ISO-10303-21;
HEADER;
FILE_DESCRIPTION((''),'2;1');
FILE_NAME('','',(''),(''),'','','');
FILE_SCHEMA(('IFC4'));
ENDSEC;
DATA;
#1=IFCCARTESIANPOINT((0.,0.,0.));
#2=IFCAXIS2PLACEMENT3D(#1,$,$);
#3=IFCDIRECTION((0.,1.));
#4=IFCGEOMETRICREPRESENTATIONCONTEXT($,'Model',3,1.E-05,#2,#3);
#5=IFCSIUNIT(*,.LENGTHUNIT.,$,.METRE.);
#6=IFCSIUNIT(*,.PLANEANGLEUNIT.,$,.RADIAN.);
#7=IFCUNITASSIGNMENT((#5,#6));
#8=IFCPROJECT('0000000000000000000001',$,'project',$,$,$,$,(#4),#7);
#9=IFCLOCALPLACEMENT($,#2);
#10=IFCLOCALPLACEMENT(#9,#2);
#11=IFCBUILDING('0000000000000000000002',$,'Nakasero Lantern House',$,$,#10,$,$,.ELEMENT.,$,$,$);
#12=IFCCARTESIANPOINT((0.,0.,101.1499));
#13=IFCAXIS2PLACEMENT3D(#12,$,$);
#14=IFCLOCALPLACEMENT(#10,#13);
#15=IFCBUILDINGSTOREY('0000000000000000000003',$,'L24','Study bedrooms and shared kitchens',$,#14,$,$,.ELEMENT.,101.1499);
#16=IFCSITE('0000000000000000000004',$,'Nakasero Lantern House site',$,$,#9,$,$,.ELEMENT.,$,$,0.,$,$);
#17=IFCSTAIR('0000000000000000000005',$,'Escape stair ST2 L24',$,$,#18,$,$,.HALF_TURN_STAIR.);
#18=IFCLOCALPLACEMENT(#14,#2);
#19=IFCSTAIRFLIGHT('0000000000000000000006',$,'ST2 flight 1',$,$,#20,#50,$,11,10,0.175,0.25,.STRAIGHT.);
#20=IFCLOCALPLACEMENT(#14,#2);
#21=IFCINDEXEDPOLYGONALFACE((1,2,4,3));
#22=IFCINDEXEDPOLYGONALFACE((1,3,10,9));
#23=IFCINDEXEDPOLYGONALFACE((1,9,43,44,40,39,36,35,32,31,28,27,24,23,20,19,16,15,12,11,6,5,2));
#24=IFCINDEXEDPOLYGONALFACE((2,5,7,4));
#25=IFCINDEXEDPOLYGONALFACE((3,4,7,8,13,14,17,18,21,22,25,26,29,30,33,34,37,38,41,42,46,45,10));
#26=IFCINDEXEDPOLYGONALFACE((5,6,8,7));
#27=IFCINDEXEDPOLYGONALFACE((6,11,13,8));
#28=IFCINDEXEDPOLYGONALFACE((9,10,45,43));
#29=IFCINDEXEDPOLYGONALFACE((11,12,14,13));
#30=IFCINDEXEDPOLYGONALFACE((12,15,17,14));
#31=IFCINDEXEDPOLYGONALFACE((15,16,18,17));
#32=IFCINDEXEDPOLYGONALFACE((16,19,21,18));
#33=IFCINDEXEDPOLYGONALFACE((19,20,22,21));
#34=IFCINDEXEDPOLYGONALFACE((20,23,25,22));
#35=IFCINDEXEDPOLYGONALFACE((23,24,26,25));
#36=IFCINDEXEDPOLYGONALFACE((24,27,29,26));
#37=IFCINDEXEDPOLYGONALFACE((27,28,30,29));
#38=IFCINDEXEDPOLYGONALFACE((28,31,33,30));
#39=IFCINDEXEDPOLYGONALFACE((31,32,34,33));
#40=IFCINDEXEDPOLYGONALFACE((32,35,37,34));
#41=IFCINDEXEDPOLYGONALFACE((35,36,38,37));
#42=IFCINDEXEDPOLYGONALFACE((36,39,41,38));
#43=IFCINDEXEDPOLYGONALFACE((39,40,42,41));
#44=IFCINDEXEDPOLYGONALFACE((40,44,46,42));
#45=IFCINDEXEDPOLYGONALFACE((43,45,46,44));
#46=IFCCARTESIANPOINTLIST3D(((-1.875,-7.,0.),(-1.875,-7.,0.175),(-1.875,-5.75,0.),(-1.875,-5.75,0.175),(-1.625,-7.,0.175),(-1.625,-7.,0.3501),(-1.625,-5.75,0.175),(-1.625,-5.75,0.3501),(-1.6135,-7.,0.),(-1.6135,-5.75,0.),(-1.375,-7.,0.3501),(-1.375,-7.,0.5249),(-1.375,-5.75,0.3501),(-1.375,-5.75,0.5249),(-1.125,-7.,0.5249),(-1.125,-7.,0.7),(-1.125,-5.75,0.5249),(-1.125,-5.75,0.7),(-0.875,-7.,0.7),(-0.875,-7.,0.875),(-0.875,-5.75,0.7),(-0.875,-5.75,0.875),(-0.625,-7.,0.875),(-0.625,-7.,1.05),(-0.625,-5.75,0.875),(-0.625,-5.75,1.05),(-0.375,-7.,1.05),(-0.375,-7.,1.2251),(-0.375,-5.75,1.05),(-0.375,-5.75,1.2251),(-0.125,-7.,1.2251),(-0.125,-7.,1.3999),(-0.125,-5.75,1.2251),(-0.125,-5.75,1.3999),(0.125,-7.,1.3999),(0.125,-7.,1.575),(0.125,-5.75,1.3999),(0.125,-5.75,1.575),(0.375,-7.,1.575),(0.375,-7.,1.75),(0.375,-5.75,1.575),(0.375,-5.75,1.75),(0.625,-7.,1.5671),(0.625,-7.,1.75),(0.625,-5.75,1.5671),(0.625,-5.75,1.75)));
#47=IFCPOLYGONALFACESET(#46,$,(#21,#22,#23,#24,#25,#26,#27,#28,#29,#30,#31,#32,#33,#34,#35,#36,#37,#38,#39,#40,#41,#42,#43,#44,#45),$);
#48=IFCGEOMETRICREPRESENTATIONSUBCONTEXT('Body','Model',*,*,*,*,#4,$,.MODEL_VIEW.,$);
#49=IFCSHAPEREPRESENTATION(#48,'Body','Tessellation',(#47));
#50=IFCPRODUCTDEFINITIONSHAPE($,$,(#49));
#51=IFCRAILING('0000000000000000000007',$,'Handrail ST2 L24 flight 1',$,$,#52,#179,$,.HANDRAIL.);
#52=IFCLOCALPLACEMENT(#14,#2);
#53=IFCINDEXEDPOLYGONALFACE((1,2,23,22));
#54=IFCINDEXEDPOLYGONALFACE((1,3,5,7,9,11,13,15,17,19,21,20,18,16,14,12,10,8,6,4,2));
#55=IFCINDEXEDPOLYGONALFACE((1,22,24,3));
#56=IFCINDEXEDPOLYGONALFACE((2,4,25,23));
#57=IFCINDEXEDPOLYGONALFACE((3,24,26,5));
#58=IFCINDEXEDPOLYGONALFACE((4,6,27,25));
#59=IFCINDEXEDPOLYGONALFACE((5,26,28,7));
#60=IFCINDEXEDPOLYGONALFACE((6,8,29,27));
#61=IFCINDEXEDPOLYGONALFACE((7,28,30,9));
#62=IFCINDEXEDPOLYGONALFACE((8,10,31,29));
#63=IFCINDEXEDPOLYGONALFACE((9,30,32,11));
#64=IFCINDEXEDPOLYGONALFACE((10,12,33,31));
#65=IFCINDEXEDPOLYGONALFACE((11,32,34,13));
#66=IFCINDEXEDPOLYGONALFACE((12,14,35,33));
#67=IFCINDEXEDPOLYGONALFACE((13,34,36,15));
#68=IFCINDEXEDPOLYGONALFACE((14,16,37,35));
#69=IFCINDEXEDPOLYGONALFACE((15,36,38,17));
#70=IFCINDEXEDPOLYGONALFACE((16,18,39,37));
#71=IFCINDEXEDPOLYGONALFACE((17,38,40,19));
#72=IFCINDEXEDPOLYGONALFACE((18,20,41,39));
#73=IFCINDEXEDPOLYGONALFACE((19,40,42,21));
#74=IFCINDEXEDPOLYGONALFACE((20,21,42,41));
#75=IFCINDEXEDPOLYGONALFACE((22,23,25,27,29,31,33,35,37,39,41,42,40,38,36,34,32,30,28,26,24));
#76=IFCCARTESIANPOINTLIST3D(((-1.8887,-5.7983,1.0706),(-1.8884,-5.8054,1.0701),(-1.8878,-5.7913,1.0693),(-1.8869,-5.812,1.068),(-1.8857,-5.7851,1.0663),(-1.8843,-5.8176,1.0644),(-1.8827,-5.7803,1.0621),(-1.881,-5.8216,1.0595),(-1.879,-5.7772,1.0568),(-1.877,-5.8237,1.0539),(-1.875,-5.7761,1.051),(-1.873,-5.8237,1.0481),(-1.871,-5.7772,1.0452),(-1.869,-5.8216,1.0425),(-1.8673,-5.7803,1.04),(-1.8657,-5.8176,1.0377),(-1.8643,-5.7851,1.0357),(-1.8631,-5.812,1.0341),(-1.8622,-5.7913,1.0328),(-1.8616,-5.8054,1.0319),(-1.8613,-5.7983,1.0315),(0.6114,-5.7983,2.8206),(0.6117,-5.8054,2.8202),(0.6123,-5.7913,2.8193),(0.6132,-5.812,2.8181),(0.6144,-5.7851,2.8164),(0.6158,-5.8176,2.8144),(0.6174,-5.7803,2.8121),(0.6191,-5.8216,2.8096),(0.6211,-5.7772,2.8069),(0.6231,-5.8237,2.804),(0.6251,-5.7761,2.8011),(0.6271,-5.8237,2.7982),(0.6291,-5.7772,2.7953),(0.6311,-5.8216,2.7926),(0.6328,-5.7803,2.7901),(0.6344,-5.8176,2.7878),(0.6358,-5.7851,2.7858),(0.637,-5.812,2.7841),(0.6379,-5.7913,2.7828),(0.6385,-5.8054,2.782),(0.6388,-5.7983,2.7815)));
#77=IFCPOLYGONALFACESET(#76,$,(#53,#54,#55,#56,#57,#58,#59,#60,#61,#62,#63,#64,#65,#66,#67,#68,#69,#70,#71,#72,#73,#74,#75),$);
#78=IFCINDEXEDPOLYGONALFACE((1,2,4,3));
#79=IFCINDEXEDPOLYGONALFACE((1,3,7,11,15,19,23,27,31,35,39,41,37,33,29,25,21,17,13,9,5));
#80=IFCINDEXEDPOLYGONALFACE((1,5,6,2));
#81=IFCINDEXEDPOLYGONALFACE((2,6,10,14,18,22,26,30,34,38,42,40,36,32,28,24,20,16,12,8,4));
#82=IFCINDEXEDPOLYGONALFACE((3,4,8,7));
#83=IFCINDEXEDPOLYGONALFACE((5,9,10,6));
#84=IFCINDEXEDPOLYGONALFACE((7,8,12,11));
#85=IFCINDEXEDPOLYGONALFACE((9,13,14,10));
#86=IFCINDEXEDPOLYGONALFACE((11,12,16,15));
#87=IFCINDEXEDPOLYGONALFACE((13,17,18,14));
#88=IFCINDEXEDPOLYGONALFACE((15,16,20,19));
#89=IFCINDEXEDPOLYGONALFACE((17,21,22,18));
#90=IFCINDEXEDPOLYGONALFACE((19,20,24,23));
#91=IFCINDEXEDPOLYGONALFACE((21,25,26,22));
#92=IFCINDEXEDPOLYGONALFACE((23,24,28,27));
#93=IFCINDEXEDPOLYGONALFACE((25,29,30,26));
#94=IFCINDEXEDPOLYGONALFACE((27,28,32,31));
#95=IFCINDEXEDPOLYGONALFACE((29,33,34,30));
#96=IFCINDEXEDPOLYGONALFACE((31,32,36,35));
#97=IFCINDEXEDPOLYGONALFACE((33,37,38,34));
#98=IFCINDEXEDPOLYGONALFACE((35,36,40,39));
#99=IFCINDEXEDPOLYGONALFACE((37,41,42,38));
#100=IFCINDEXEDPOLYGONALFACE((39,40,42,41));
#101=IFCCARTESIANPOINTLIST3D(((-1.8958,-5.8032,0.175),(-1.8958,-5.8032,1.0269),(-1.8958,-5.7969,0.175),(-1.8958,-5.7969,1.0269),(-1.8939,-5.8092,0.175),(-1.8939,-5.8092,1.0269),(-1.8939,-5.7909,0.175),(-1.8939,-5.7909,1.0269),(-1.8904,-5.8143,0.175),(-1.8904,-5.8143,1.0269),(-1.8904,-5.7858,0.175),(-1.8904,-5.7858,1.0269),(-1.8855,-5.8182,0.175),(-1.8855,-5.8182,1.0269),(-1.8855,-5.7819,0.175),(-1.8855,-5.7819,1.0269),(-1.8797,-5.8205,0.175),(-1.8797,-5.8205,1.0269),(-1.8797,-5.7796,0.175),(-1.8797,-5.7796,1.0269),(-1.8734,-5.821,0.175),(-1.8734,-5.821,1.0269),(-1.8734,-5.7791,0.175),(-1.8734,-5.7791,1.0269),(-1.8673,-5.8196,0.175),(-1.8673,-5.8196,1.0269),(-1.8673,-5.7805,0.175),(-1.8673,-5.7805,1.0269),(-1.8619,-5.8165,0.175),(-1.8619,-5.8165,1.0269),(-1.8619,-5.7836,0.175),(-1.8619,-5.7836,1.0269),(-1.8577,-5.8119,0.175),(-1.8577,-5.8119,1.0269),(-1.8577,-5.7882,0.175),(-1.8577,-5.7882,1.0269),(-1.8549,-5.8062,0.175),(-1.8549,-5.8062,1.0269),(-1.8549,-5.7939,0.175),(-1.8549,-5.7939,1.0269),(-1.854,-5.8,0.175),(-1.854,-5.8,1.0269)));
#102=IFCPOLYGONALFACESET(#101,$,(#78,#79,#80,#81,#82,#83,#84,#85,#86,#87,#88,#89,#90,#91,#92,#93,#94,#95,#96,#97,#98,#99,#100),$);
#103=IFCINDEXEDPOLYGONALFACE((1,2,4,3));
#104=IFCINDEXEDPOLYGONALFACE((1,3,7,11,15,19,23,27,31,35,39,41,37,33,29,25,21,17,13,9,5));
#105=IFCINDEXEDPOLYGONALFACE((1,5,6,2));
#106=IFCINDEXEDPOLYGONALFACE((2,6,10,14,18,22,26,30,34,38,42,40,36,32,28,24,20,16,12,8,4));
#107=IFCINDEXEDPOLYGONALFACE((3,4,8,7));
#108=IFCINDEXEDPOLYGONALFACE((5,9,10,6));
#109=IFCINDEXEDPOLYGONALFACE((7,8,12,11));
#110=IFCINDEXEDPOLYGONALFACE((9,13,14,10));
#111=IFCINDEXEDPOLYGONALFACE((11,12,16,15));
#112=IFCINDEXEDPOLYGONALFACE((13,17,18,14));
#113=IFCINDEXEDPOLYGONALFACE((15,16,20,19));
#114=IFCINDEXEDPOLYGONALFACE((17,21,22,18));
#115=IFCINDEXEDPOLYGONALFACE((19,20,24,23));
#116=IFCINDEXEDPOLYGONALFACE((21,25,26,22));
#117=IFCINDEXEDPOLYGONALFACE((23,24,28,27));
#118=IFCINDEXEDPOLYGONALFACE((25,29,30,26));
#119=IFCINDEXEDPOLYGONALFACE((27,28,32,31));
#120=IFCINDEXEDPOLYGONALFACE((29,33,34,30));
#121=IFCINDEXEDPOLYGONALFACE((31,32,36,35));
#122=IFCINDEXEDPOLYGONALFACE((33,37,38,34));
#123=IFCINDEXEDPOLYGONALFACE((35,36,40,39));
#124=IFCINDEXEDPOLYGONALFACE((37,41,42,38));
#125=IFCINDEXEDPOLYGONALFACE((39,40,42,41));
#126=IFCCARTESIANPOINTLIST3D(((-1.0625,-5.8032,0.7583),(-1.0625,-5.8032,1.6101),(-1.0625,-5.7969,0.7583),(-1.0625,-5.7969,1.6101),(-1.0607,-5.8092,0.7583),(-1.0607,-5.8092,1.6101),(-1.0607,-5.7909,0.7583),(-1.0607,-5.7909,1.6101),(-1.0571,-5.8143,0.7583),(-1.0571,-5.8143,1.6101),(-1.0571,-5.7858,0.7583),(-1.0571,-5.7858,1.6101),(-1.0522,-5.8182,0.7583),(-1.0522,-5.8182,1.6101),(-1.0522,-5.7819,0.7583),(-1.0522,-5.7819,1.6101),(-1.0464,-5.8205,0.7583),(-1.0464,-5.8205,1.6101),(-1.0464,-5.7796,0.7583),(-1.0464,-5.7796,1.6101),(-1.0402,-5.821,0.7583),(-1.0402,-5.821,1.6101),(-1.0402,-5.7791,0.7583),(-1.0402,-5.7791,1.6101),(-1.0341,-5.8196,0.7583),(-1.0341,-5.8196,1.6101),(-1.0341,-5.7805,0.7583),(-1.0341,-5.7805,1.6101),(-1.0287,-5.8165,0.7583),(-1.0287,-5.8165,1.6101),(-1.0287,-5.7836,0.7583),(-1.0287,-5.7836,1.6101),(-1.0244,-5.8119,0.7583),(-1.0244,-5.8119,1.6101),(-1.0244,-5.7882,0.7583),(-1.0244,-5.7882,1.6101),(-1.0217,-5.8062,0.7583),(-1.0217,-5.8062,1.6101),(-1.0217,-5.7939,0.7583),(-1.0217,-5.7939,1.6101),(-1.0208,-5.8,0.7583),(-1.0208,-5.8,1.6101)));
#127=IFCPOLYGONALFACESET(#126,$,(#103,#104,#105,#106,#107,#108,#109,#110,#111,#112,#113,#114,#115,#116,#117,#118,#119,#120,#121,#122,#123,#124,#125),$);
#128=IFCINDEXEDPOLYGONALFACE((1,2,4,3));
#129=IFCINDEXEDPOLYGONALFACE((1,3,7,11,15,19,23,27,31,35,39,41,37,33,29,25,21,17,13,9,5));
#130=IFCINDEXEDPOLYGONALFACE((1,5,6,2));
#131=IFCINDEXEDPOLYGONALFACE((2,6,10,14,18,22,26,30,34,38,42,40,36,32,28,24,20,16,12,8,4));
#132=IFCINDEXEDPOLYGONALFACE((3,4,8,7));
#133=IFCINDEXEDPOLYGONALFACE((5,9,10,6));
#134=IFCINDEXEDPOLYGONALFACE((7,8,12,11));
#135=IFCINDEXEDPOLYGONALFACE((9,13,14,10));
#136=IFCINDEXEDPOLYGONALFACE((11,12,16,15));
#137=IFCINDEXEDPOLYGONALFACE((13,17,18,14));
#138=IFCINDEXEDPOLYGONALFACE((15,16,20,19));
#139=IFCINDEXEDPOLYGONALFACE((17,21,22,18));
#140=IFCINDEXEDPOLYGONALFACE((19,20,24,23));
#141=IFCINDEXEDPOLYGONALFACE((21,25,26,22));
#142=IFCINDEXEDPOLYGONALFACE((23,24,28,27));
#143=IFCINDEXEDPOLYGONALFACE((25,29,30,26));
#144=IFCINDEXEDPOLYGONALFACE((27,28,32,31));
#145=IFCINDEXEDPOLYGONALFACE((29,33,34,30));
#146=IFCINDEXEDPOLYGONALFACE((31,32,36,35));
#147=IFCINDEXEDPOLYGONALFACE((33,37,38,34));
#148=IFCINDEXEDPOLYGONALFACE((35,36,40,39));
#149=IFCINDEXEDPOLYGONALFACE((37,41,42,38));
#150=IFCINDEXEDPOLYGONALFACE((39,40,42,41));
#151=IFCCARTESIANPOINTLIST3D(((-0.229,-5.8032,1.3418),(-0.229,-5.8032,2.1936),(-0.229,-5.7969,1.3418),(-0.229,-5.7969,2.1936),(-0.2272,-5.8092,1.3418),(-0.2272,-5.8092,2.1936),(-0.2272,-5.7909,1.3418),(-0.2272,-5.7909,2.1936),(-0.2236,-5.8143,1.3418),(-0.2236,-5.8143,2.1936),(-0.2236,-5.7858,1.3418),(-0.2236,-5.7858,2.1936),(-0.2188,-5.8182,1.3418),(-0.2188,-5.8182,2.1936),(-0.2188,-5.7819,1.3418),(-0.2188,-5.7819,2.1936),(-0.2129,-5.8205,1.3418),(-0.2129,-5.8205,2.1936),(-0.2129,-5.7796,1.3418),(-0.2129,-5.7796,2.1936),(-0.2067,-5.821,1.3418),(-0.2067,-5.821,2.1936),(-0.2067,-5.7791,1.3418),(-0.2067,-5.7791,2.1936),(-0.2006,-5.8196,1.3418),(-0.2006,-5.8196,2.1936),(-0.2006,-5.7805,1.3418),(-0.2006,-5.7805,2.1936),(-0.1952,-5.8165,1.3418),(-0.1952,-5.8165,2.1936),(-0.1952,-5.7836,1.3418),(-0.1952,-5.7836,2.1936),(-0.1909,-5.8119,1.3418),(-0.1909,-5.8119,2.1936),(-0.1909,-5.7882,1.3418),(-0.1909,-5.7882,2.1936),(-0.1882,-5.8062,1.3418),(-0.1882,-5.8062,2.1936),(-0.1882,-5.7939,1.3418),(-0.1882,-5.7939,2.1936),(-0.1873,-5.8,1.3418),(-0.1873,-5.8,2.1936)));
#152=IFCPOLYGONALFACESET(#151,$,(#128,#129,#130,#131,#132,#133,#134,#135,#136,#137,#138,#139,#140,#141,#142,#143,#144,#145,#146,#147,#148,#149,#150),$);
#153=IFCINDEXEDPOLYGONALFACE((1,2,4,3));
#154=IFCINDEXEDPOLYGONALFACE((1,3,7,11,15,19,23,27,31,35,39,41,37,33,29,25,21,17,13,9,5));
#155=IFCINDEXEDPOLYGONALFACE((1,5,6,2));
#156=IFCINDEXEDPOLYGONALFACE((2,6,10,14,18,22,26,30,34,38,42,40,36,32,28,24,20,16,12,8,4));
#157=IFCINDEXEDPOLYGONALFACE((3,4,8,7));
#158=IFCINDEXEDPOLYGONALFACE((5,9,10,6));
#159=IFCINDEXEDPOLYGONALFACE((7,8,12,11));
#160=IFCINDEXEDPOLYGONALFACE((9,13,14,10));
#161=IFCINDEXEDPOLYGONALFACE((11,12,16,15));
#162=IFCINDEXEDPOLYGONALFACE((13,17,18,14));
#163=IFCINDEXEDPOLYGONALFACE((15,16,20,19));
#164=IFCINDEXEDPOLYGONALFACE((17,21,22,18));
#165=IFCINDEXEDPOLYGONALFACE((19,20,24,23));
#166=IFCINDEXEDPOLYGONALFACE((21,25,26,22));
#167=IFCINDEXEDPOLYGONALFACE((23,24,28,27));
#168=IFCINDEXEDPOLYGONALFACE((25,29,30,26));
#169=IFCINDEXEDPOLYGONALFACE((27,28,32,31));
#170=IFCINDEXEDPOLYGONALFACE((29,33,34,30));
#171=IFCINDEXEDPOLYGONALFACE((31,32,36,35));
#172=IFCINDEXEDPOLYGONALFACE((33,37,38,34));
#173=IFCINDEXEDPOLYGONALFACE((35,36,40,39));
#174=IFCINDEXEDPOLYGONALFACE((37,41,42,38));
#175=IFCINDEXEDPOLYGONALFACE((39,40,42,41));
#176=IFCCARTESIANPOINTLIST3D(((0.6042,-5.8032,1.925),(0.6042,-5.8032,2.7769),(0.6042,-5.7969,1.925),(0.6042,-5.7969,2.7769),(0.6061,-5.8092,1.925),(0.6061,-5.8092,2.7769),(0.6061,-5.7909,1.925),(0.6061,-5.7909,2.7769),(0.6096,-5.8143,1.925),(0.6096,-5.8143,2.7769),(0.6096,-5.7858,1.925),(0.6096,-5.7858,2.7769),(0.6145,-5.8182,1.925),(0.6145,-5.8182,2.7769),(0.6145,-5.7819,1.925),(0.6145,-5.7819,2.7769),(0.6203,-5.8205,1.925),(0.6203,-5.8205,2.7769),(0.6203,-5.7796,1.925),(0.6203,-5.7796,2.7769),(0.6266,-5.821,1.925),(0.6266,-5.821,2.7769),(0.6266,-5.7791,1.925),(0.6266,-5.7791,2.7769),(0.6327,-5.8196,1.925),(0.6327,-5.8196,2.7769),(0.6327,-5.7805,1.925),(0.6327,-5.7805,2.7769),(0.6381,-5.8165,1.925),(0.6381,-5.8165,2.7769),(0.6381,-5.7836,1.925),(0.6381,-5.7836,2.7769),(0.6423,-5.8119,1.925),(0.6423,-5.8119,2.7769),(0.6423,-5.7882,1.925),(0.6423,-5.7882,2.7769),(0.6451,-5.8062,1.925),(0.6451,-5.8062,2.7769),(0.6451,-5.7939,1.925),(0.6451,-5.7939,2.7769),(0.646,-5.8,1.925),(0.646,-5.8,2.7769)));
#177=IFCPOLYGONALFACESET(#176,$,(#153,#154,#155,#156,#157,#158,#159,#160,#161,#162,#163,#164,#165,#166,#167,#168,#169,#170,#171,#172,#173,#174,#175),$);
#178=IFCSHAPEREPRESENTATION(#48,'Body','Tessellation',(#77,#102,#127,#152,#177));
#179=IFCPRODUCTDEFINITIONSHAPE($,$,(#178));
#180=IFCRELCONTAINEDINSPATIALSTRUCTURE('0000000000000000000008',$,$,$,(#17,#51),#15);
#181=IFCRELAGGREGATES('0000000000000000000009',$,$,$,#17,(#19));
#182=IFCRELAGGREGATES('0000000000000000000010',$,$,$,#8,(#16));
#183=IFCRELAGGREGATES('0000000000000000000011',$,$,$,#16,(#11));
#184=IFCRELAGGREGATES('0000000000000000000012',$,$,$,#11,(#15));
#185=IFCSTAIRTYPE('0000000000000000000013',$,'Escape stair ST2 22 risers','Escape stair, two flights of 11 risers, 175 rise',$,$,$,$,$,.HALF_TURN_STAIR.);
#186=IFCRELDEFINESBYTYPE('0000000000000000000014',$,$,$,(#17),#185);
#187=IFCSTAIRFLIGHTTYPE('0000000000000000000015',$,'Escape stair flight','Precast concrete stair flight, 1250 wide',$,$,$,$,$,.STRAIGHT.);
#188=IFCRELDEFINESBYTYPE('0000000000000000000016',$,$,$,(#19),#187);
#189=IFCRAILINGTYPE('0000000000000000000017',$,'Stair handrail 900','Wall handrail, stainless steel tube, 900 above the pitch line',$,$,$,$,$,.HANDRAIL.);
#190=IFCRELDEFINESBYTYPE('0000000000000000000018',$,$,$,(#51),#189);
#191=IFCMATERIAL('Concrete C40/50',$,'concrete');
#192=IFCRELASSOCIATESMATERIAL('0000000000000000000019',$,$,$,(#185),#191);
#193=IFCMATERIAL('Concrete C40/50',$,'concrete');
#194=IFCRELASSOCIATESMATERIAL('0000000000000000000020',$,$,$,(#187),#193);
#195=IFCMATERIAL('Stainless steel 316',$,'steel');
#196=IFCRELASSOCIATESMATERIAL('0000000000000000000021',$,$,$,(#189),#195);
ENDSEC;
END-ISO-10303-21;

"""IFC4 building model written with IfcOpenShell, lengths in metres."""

from ifc_helpers import new_model, si_unit, direction, frame, origin, origin_2d, place, context, subcontext, project, spatial, polyline, circle, outline, extrude, material, type_object, element, aggregate, save


model = new_model("IFC4")

# Units and contexts
model_context = context("Model", 3, precision=1e-05, world=origin(), true_north=direction((0.0, 1.0)))
body_context = subcontext(model_context, "Body", "Model", "MODEL_VIEW")
ifc_project = project(units=[si_unit("LENGTHUNIT", "METRE"), si_unit("PLANEANGLEUNIT", "RADIAN")], contexts=[model_context])

# Site, building, storey
site_placement = place(None, origin())
site = spatial("IfcSite", under=ifc_project, at=site_placement, Name="Nakasero Lantern House site", CompositionType="ELEMENT", RefElevation=0.0)
building_placement = place(site_placement, origin())
building = spatial("IfcBuilding", under=site, at=building_placement, Name="Nakasero Lantern House", CompositionType="ELEMENT")
storey_placement = place(building_placement, frame((0.0, 0.0, 101.1499)))
storey = spatial("IfcBuildingStorey", under=building, at=storey_placement, Name="L24", Description="Study bedrooms and shared kitchens", CompositionType="ELEMENT", Elevation=101.1499)

# Stair, stair flight
ifc_material_1 = material(Name="Concrete C40/50", Category="concrete")
stair_type = type_object("IfcStairType", Name="Escape stair ST2 22 risers", Description="Escape stair, two flights of 11 risers, 175 rise", PredefinedType="HALF_TURN_STAIR", material=ifc_material_1)
stair_placement = place(storey_placement, origin())
stair = element("IfcStair", 1, at=stair_placement, inside=storey, type_object=stair_type, Name="Escape stair ST2 L24", PredefinedType="HALF_TURN_STAIR")
ifc_material_2 = material(Name="Concrete C40/50", Category="concrete")
stair_flight_type = type_object("IfcStairFlightType", Name="Escape stair flight", Description="Precast concrete stair flight, 1250 wide", PredefinedType="STRAIGHT", material=ifc_material_2)
stair_flight_placement = place(storey_placement, frame((-1.875, -6.375, 0.0), z_axis=(0.0, 0.0, 1.0), x_axis=(1.0, 0.0, 0.0)))
stair_flight = element("IfcStairFlight", 2, at=stair_flight_placement, type_object=stair_flight_type, Name="ST2 flight 1", NumberOfRisers=11, NumberOfTreads=10, PredefinedType="STRAIGHT", RiserHeight=0.175, TreadLength=0.25, context=body_context, shape_type="SweptSolid", body=[
    extrude(outline(polyline([(0.0, 0.0), (0.0, 0.175), (0.25, 0.175), (0.25, 0.3501), (0.5, 0.3501), (0.5, 0.5249), (0.75, 0.5249), (0.75, 0.7), (1.0, 0.7), (1.0, 0.875), (1.25, 0.875), (1.25, 1.05), (1.5, 1.05), (1.5, 1.2251), (1.75, 1.2251), (1.75, 1.3999), (2.0, 1.3999), (2.0, 1.575), (2.25, 1.575), (2.25, 1.75), (2.5, 1.75), (2.5, 1.925), (2.5, 1.5671), (0.2615, 0.0), (0.0, 0.0)])), frame((0.0, 0.625, 0.0), z_axis=(0.0, -1.0, 0.0), x_axis=(1.0, 0.0, 0.0)), (0.0, 0.0, 1.0), 1.25),
])
aggregate(stair, [stair_flight])

# Railing
ifc_material_3 = material(Name="Stainless steel 316", Category="steel")
railing_type = type_object("IfcRailingType", Name="Stair handrail 900", Description="Wall handrail, stainless steel tube, 900 above the pitch line", PredefinedType="HANDRAIL", material=ifc_material_3)
railing_placement = place(storey_placement, frame((-1.875, -5.8, 0.175)))
element("IfcRailing", 3, at=railing_placement, inside=storey, type_object=railing_type, Name="Handrail ST2 L24 flight 1", PredefinedType="HANDRAIL", context=body_context, shape_type="SweptSolid", body=[
    extrude(circle(Radius=0.0239, at=origin_2d()), frame((0.0, 0.0, 0.876), z_axis=(0.819232, 0.0, 0.573462), x_axis=(0.0, 1.0, 0.0)), (0.0, 0.0, 1.0), 3.0518),
    extrude(circle(Radius=0.021, at=origin_2d()), origin(), (0.0, 0.0, 1.0), 0.8518),
    extrude(circle(Radius=0.021, at=origin_2d()), frame((0.8333, 0.0, 0.5833)), (0.0, 0.0, 1.0), 0.8518),
    extrude(circle(Radius=0.021, at=origin_2d()), frame((1.6667, 0.0, 1.1667)), (0.0, 0.0, 1.0), 0.8518),
    extrude(circle(Radius=0.021, at=origin_2d()), frame((2.5, 0.0, 1.75)), (0.0, 0.0, 1.0), 0.8518),
])

save(model, "model.ifc")
